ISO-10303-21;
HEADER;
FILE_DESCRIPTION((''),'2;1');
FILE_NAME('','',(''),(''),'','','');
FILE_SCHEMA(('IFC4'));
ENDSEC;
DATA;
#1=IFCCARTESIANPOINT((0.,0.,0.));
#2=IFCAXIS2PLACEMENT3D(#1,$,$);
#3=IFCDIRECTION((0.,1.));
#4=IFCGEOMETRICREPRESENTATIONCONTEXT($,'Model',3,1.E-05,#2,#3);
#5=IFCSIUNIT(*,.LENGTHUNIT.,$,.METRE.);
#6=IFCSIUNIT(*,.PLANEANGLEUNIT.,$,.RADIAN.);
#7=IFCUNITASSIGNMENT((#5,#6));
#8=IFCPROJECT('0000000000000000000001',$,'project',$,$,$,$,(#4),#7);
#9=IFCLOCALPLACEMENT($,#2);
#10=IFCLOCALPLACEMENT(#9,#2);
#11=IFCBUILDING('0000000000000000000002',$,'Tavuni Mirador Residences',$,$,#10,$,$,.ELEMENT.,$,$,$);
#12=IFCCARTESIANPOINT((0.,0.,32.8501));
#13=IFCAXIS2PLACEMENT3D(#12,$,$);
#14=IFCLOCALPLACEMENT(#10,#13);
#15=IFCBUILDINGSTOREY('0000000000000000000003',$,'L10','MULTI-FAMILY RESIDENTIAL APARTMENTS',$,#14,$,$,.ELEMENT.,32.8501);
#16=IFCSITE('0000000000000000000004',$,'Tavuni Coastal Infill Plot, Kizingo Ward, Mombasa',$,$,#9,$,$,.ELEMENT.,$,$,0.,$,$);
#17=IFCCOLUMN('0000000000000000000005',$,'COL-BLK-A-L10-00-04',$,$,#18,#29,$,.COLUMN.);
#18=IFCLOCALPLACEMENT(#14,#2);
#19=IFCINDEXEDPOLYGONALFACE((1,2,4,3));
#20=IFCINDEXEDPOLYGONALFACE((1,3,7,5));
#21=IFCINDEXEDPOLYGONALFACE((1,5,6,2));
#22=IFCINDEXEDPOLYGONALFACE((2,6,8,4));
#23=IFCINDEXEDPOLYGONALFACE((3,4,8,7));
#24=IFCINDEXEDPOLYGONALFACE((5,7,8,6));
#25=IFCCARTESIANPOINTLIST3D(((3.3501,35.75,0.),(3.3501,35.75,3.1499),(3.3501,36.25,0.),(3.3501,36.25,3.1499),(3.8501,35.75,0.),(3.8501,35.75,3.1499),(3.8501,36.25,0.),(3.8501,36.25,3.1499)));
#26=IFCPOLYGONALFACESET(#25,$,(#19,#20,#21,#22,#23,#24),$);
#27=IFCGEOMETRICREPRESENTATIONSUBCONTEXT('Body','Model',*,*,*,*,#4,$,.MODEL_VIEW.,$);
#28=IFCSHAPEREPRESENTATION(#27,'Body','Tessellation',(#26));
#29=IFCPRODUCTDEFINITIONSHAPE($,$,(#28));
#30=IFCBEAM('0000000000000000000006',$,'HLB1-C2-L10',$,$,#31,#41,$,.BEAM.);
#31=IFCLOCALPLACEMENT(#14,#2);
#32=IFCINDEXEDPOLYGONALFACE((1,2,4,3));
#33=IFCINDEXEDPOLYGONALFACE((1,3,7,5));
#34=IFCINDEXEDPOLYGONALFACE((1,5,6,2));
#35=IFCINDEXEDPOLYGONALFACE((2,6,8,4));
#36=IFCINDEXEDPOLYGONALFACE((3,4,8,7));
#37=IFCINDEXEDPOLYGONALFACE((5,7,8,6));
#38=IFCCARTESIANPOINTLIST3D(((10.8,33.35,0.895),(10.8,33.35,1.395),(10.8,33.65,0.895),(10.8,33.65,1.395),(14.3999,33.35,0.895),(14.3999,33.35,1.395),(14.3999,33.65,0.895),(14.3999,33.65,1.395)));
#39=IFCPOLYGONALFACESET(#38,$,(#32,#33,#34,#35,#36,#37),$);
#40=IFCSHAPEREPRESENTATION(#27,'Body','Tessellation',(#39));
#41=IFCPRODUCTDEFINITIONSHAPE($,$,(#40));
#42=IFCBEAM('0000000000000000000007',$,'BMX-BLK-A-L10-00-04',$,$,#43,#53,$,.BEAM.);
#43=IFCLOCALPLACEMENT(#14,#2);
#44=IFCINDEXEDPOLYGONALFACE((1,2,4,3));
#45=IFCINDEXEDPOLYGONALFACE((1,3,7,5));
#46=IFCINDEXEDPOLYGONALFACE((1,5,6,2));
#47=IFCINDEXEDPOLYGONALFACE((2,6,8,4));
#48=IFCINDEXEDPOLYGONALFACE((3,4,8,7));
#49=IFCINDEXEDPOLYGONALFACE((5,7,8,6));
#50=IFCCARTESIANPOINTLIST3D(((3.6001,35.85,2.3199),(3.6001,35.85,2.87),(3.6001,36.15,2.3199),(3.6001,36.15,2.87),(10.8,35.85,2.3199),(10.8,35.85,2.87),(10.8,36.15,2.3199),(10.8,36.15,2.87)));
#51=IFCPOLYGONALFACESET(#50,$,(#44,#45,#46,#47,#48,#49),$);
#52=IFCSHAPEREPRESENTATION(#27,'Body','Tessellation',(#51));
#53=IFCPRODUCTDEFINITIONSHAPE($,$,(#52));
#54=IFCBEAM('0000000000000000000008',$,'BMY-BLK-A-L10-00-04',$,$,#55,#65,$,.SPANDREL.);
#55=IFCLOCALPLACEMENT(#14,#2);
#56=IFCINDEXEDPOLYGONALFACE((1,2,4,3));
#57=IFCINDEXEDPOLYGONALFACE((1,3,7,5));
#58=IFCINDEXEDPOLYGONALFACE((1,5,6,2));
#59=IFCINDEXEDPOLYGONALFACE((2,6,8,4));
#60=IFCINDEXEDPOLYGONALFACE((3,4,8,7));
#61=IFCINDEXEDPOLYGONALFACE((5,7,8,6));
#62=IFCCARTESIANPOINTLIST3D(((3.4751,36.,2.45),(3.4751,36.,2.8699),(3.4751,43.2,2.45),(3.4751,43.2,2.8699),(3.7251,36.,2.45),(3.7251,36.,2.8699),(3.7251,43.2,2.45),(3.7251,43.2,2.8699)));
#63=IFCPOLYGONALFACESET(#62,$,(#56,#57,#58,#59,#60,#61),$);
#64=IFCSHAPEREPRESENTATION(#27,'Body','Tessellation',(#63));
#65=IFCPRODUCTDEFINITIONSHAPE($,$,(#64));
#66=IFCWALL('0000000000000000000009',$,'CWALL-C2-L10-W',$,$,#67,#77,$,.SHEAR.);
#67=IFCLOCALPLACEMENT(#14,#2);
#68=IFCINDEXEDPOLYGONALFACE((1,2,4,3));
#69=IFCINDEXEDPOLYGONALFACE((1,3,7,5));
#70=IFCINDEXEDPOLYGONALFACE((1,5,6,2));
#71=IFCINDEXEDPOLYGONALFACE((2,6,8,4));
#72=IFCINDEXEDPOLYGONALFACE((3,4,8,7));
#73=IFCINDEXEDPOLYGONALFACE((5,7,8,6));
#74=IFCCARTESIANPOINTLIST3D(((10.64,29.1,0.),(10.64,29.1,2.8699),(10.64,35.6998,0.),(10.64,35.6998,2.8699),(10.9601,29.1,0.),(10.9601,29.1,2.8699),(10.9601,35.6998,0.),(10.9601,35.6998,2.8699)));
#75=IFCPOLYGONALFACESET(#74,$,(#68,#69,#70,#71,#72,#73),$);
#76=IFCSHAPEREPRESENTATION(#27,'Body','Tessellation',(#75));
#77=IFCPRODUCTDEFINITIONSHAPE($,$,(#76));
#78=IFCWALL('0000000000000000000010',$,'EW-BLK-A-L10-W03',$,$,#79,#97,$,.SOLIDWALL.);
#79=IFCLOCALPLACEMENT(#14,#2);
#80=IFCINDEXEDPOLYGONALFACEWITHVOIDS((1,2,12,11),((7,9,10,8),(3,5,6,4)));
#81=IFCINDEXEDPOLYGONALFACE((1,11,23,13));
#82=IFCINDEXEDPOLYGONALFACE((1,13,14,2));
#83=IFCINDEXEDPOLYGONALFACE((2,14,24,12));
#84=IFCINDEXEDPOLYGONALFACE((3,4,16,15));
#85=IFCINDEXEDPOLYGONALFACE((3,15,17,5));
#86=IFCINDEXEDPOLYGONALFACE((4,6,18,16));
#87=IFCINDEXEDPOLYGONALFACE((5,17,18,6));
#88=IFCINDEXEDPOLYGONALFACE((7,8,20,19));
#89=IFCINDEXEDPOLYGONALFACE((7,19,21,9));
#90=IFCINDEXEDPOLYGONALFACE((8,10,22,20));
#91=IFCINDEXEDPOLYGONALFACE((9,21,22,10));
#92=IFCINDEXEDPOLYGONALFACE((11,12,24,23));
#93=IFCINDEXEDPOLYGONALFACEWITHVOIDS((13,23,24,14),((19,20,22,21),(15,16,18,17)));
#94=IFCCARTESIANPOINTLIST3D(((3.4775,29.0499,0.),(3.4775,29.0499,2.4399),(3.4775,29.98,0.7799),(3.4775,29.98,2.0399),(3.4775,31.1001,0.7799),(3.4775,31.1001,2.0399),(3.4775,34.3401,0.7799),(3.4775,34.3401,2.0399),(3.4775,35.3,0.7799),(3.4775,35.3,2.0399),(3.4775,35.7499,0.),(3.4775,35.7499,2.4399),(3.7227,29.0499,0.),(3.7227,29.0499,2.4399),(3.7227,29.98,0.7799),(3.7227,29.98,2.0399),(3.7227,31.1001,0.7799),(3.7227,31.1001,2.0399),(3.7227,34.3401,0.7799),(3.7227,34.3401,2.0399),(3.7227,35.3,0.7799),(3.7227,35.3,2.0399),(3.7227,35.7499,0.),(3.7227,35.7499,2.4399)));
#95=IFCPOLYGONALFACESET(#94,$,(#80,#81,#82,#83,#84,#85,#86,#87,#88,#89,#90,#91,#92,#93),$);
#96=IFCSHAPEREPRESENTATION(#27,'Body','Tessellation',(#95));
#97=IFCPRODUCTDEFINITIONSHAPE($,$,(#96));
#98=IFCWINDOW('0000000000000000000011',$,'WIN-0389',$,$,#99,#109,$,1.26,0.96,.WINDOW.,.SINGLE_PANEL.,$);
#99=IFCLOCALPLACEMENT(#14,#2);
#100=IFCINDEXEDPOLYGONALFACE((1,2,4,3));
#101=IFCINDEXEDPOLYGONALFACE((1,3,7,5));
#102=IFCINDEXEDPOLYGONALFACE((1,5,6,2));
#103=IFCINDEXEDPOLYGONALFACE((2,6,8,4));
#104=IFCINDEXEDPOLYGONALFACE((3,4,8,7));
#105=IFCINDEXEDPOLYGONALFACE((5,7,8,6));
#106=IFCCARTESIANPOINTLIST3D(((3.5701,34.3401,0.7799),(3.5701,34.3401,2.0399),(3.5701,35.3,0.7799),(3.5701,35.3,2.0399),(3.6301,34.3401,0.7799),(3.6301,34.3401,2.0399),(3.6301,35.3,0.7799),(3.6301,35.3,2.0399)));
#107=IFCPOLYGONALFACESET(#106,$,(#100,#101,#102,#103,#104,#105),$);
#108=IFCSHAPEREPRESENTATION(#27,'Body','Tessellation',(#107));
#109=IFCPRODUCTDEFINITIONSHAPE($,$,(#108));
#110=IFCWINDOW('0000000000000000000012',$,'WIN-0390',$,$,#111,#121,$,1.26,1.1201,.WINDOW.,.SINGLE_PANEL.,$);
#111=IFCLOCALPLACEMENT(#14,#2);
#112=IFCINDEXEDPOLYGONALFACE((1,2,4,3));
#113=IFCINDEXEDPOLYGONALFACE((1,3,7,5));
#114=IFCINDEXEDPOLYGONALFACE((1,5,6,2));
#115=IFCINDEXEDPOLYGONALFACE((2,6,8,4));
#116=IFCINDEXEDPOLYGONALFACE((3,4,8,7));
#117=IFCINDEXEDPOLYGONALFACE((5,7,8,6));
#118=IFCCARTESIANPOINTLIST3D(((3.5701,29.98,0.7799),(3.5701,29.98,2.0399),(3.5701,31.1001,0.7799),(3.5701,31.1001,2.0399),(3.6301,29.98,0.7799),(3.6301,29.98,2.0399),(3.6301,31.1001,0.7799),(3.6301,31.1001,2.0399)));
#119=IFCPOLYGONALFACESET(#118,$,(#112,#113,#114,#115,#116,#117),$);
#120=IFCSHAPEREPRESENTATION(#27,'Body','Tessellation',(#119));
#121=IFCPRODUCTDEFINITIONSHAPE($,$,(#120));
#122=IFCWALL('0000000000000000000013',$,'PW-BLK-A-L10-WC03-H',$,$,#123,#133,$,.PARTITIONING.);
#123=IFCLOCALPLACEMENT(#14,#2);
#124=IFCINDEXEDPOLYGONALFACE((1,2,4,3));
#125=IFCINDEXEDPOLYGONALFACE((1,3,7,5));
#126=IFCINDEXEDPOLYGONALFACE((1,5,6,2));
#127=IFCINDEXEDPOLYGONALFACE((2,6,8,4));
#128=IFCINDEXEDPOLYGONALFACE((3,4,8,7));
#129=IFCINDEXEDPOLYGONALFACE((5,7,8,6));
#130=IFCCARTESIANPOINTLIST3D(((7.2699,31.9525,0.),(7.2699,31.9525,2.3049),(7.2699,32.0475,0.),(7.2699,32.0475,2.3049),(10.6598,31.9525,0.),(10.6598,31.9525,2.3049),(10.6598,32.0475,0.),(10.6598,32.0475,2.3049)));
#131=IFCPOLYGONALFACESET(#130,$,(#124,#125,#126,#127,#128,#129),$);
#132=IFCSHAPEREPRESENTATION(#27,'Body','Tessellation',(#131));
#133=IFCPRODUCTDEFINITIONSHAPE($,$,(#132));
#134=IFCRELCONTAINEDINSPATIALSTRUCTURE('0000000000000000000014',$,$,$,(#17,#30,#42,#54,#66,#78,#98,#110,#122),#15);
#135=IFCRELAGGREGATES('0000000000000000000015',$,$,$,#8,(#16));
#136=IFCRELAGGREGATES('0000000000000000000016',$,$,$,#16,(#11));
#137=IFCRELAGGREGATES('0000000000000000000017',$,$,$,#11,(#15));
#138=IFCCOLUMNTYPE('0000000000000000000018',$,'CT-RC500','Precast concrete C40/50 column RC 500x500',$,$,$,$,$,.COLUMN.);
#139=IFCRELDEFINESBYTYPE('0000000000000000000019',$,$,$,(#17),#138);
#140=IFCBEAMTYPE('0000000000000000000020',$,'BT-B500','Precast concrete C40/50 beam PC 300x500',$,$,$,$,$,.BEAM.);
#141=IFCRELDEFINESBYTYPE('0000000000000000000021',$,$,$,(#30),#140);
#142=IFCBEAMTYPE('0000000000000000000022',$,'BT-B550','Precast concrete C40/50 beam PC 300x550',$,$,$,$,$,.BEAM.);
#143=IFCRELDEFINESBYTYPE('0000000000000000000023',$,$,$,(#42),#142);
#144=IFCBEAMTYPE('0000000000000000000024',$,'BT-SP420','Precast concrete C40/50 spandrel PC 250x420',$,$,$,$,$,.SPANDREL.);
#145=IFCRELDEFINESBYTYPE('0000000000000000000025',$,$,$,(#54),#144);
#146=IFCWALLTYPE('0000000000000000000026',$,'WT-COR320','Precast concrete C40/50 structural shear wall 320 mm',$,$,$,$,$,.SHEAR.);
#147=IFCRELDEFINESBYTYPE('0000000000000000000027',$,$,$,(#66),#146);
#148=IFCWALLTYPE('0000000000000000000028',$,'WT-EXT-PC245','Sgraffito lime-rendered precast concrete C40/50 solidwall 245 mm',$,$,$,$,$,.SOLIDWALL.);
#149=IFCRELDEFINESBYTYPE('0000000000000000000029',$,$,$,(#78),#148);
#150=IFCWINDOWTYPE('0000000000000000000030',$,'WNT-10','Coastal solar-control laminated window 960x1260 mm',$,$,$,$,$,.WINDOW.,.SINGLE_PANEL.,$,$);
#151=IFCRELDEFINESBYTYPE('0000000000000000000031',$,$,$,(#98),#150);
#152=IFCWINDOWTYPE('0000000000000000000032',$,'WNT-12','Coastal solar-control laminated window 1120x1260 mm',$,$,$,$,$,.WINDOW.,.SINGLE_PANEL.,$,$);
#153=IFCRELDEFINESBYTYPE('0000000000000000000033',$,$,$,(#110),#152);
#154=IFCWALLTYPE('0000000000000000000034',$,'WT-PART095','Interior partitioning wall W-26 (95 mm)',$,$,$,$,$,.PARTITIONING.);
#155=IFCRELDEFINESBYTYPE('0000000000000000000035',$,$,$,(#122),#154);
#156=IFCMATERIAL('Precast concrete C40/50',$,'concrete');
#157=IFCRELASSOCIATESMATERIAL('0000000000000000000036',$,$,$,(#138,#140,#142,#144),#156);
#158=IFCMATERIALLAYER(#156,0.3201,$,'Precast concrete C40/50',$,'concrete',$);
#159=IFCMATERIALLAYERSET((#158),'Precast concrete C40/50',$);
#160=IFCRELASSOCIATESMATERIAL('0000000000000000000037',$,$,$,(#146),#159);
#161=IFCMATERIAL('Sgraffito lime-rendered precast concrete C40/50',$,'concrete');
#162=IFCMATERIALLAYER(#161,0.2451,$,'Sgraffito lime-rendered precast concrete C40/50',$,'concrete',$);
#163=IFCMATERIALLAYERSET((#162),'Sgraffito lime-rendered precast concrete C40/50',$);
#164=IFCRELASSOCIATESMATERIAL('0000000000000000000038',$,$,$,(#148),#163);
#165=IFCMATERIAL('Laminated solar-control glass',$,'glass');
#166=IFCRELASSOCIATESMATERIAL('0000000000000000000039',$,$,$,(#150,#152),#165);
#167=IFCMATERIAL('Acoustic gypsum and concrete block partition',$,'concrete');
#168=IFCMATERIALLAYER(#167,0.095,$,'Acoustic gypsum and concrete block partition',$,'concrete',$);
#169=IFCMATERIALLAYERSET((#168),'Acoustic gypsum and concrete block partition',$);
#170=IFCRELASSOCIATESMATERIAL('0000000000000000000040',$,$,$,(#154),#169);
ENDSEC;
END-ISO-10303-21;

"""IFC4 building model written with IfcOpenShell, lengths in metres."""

from ifc_helpers import new_model, si_unit, direction, frame, frame_2d, origin, origin_2d, place, context, subcontext, project, spatial, rectangle, extrude, material, layer, layer_set, material_profile, profile_set, type_object, element, fill, save


model = new_model("IFC4")

# Units and contexts
model_context = context("Model", 3, precision=1e-05, world=origin(), true_north=direction((0.0, 1.0)))
body_context = subcontext(model_context, "Body", "Model", "MODEL_VIEW")
ifc_project = project(units=[si_unit("LENGTHUNIT", "METRE"), si_unit("PLANEANGLEUNIT", "RADIAN")], contexts=[model_context])

# Site, building, storey
site_placement = place(None, origin())
site = spatial("IfcSite", under=ifc_project, at=site_placement, Name="Tavuni Coastal Infill Plot, Kizingo Ward, Mombasa", CompositionType="ELEMENT", RefElevation=0.0)
building_placement = place(site_placement, origin())
building = spatial("IfcBuilding", under=site, at=building_placement, Name="Tavuni Mirador Residences", CompositionType="ELEMENT")
storey_placement = place(building_placement, frame((0.0, 0.0, 32.8501)))
storey = spatial("IfcBuildingStorey", under=building, at=storey_placement, Name="L10", Description="MULTI-FAMILY RESIDENTIAL APARTMENTS", CompositionType="ELEMENT", Elevation=32.8501)

# Column
ifc_material_1 = material(Name="Precast concrete C40/50", Category="concrete")
ifc_material_profile_1 = material_profile(ifc_material_1, rectangle(XDim=0.5, YDim=0.5, at=origin_2d()), Name="RC 500x500", Category="concrete")
ifc_profile_set_1 = profile_set([ifc_material_profile_1], Name="Precast concrete C40/50")
column_type = type_object("IfcColumnType", Name="CT-RC500", Description="Precast concrete C40/50 column RC 500x500", PredefinedType="COLUMN", material=ifc_profile_set_1)
column_placement = place(storey_placement, frame((3.6001, 36.0, 0.0), z_axis=(0.0, 0.0, 1.0), x_axis=(1.0, 0.0, 0.0)))
element("IfcColumn", 1, at=column_placement, inside=storey, type_object=column_type, Name="COL-BLK-A-L10-00-04", PredefinedType="COLUMN", context=body_context, shape_type="SweptSolid", body=[
    extrude(rectangle(XDim=0.5, YDim=0.5, at=origin_2d()), origin(), (0.0, 0.0, 1.0), 3.1499),
])

# Beams
ifc_material_profile_2 = material_profile(ifc_material_1, rectangle(XDim=0.3, YDim=0.5, at=origin_2d()), Name="PC 300x500", Category="concrete")
ifc_profile_set_2 = profile_set([ifc_material_profile_2], Name="Precast concrete C40/50")
beam_type_1 = type_object("IfcBeamType", Name="BT-B500", Description="Precast concrete C40/50 beam PC 300x500", PredefinedType="BEAM", material=ifc_profile_set_2)
beam_1_placement = place(storey_placement, frame((10.8, 33.5, 1.145), z_axis=(1.0, 0.0, 0.0), x_axis=(0.0, 1.0, 0.0)))
element("IfcBeam", 2, at=beam_1_placement, inside=storey, type_object=beam_type_1, Name="HLB1-C2-L10", PredefinedType="BEAM", context=body_context, shape_type="SweptSolid", body=[
    extrude(rectangle(XDim=0.3, YDim=0.5, at=origin_2d()), origin(), (0.0, 0.0, 1.0), 3.5999),
])
ifc_material_profile_3 = material_profile(ifc_material_1, rectangle(XDim=0.3, YDim=0.55, at=origin_2d()), Name="PC 300x550", Category="concrete")
ifc_profile_set_3 = profile_set([ifc_material_profile_3], Name="Precast concrete C40/50")
beam_type_2 = type_object("IfcBeamType", Name="BT-B550", Description="Precast concrete C40/50 beam PC 300x550", PredefinedType="BEAM", material=ifc_profile_set_3)
beam_2_placement = place(storey_placement, frame((3.6001, 36.0, 2.595), z_axis=(1.0, 0.0, 0.0), x_axis=(0.0, 1.0, 0.0)))
element("IfcBeam", 3, at=beam_2_placement, inside=storey, type_object=beam_type_2, Name="BMX-BLK-A-L10-00-04", PredefinedType="BEAM", context=body_context, shape_type="SweptSolid", body=[
    extrude(rectangle(XDim=0.3, YDim=0.55, at=origin_2d()), origin(), (0.0, 0.0, 1.0), 7.2),
])
ifc_material_profile_4 = material_profile(ifc_material_1, rectangle(XDim=0.25, YDim=0.4199, at=origin_2d()), Name="PC 250x420", Category="concrete")
ifc_profile_set_4 = profile_set([ifc_material_profile_4], Name="Precast concrete C40/50")
beam_type_3 = type_object("IfcBeamType", Name="BT-SP420", Description="Precast concrete C40/50 spandrel PC 250x420", PredefinedType="SPANDREL", material=ifc_profile_set_4)
beam_3_placement = place(storey_placement, frame((3.6001, 36.0, 2.6599), z_axis=(0.0, 1.0, 0.0), x_axis=(-1.0, 0.0, 0.0)))
element("IfcBeam", 4, at=beam_3_placement, inside=storey, type_object=beam_type_3, Name="BMY-BLK-A-L10-00-04", PredefinedType="SPANDREL", context=body_context, shape_type="SweptSolid", body=[
    extrude(rectangle(XDim=0.25, YDim=0.4199, at=origin_2d()), origin(), (0.0, 0.0, 1.0), 7.2),
])

# Wall
ifc_layer_1 = layer(ifc_material_1, 0.3201, Name="Precast concrete C40/50", Category="concrete")
ifc_layer_set_1 = layer_set([ifc_layer_1], Name="Precast concrete C40/50")
wall_type_1 = type_object("IfcWallType", Name="WT-COR320", Description="Precast concrete C40/50 structural shear wall 320 mm", PredefinedType="SHEAR", material=ifc_layer_set_1)
wall_1_placement = place(storey_placement, frame((10.8, 29.1001, 0.0), z_axis=(0.0, 0.0, 1.0), x_axis=(0.0, 1.0, 0.0)))
element("IfcWall", 5, at=wall_1_placement, inside=storey, type_object=wall_type_1, Name="CWALL-C2-L10-W", PredefinedType="SHEAR", context=body_context, shape_type="SweptSolid", body=[
    extrude(rectangle(XDim=6.5999, YDim=0.3201, at=frame_2d((3.2998, 0.0))), origin(), (0.0, 0.0, 1.0), 2.8699),
])

# Wall, openings, windows
ifc_material_2 = material(Name="Sgraffito lime-rendered precast concrete C40/50", Category="concrete")
ifc_layer_2 = layer(ifc_material_2, 0.2451, Name="Sgraffito lime-rendered precast concrete C40/50", Category="concrete")
ifc_layer_set_2 = layer_set([ifc_layer_2], Name="Sgraffito lime-rendered precast concrete C40/50")
wall_type_2 = type_object("IfcWallType", Name="WT-EXT-PC245", Description="Sgraffito lime-rendered precast concrete C40/50 solidwall 245 mm", PredefinedType="SOLIDWALL", material=ifc_layer_set_2)
wall_2_placement = place(storey_placement, frame((3.6001, 35.75, 0.0), z_axis=(0.0, 0.0, 1.0), x_axis=(0.0, -1.0, 0.0)))
wall_2 = element("IfcWall", 6, at=wall_2_placement, inside=storey, type_object=wall_type_2, Name="EW-BLK-A-L10-W03", PredefinedType="SOLIDWALL", context=body_context, shape_type="SweptSolid", body=[
    extrude(rectangle(XDim=6.7, YDim=0.2451, at=frame_2d((3.3501, 0.0))), origin(), (0.0, 0.0, 1.0), 2.4399),
])
opening_1_placement = place(wall_2_placement, frame((0.45, 0.0, 0.78)))
opening_1 = element("IfcOpeningElement", 7, at=opening_1_placement, cuts=wall_2, PredefinedType="OPENING", context=body_context, shape_type="SweptSolid", body=[
    extrude(rectangle(XDim=0.96, YDim=1.26, at=frame_2d((0.48, 0.6299))), frame((0.0, 0.1326, 0.0), z_axis=(0.0, -1.0, 0.0), x_axis=(1.0, 0.0, 0.0)), (0.0, 0.0, 1.0), 0.2651),
])
opening_2_placement = place(wall_2_placement, frame((4.6499, 0.0, 0.78)))
opening_2 = element("IfcOpeningElement", 8, at=opening_2_placement, cuts=wall_2, PredefinedType="OPENING", context=body_context, shape_type="SweptSolid", body=[
    extrude(rectangle(XDim=1.1201, YDim=1.26, at=frame_2d((0.5601, 0.6299))), frame((0.0, 0.1326, 0.0), z_axis=(0.0, -1.0, 0.0), x_axis=(1.0, 0.0, 0.0)), (0.0, 0.0, 1.0), 0.2651),
])
ifc_material_3 = material(Name="Laminated solar-control glass", Category="glass")
window_type_1 = type_object("IfcWindowType", Name="WNT-10", Description="Coastal solar-control laminated window 960x1260 mm", PartitioningType="SINGLE_PANEL", PredefinedType="WINDOW", material=ifc_material_3)
window_1_placement = place(opening_1_placement, origin())
window_1 = element("IfcWindow", 9, at=window_1_placement, inside=storey, type_object=window_type_1, Name="WIN-0389", OverallHeight=1.26, OverallWidth=0.96, PartitioningType="SINGLE_PANEL", PredefinedType="WINDOW", context=body_context, shape_type="SweptSolid", body=[
    extrude(rectangle(XDim=0.96, YDim=1.26, at=frame_2d((0.48, 0.6299))), frame((0.0, 0.03, 0.0), z_axis=(0.0, -1.0, 0.0), x_axis=(1.0, 0.0, 0.0)), (0.0, 0.0, 1.0), 0.0601),
])
fill(opening_1, window_1)
window_type_2 = type_object("IfcWindowType", Name="WNT-12", Description="Coastal solar-control laminated window 1120x1260 mm", PartitioningType="SINGLE_PANEL", PredefinedType="WINDOW", material=ifc_material_3)
window_2_placement = place(opening_2_placement, origin())
window_2 = element("IfcWindow", 10, at=window_2_placement, inside=storey, type_object=window_type_2, Name="WIN-0390", OverallHeight=1.26, OverallWidth=1.1201, PartitioningType="SINGLE_PANEL", PredefinedType="WINDOW", context=body_context, shape_type="SweptSolid", body=[
    extrude(rectangle(XDim=1.1201, YDim=1.26, at=frame_2d((0.5601, 0.6299))), frame((0.0, 0.03, 0.0), z_axis=(0.0, -1.0, 0.0), x_axis=(1.0, 0.0, 0.0)), (0.0, 0.0, 1.0), 0.0601),
])
fill(opening_2, window_2)

# Wall
ifc_material_4 = material(Name="Acoustic gypsum and concrete block partition", Category="concrete")
ifc_layer_3 = layer(ifc_material_4, 0.095, Name="Acoustic gypsum and concrete block partition", Category="concrete")
ifc_layer_set_3 = layer_set([ifc_layer_3], Name="Acoustic gypsum and concrete block partition")
wall_type_3 = type_object("IfcWallType", Name="WT-PART095", Description="Interior partitioning wall W-26 (95 mm)", PredefinedType="PARTITIONING", material=ifc_layer_set_3)
wall_3_placement = place(storey_placement, frame((7.27, 32.0, 0.0), z_axis=(0.0, 0.0, 1.0), x_axis=(1.0, 0.0, 0.0)))
element("IfcWall", 11, at=wall_3_placement, inside=storey, type_object=wall_type_3, Name="PW-BLK-A-L10-WC03-H", PredefinedType="PARTITIONING", context=body_context, shape_type="SweptSolid", body=[
    extrude(rectangle(XDim=3.3899, YDim=0.095, at=frame_2d((1.6948, 0.0))), origin(), (0.0, 0.0, 1.0), 2.3049),
])

save(model, "model.ifc")
